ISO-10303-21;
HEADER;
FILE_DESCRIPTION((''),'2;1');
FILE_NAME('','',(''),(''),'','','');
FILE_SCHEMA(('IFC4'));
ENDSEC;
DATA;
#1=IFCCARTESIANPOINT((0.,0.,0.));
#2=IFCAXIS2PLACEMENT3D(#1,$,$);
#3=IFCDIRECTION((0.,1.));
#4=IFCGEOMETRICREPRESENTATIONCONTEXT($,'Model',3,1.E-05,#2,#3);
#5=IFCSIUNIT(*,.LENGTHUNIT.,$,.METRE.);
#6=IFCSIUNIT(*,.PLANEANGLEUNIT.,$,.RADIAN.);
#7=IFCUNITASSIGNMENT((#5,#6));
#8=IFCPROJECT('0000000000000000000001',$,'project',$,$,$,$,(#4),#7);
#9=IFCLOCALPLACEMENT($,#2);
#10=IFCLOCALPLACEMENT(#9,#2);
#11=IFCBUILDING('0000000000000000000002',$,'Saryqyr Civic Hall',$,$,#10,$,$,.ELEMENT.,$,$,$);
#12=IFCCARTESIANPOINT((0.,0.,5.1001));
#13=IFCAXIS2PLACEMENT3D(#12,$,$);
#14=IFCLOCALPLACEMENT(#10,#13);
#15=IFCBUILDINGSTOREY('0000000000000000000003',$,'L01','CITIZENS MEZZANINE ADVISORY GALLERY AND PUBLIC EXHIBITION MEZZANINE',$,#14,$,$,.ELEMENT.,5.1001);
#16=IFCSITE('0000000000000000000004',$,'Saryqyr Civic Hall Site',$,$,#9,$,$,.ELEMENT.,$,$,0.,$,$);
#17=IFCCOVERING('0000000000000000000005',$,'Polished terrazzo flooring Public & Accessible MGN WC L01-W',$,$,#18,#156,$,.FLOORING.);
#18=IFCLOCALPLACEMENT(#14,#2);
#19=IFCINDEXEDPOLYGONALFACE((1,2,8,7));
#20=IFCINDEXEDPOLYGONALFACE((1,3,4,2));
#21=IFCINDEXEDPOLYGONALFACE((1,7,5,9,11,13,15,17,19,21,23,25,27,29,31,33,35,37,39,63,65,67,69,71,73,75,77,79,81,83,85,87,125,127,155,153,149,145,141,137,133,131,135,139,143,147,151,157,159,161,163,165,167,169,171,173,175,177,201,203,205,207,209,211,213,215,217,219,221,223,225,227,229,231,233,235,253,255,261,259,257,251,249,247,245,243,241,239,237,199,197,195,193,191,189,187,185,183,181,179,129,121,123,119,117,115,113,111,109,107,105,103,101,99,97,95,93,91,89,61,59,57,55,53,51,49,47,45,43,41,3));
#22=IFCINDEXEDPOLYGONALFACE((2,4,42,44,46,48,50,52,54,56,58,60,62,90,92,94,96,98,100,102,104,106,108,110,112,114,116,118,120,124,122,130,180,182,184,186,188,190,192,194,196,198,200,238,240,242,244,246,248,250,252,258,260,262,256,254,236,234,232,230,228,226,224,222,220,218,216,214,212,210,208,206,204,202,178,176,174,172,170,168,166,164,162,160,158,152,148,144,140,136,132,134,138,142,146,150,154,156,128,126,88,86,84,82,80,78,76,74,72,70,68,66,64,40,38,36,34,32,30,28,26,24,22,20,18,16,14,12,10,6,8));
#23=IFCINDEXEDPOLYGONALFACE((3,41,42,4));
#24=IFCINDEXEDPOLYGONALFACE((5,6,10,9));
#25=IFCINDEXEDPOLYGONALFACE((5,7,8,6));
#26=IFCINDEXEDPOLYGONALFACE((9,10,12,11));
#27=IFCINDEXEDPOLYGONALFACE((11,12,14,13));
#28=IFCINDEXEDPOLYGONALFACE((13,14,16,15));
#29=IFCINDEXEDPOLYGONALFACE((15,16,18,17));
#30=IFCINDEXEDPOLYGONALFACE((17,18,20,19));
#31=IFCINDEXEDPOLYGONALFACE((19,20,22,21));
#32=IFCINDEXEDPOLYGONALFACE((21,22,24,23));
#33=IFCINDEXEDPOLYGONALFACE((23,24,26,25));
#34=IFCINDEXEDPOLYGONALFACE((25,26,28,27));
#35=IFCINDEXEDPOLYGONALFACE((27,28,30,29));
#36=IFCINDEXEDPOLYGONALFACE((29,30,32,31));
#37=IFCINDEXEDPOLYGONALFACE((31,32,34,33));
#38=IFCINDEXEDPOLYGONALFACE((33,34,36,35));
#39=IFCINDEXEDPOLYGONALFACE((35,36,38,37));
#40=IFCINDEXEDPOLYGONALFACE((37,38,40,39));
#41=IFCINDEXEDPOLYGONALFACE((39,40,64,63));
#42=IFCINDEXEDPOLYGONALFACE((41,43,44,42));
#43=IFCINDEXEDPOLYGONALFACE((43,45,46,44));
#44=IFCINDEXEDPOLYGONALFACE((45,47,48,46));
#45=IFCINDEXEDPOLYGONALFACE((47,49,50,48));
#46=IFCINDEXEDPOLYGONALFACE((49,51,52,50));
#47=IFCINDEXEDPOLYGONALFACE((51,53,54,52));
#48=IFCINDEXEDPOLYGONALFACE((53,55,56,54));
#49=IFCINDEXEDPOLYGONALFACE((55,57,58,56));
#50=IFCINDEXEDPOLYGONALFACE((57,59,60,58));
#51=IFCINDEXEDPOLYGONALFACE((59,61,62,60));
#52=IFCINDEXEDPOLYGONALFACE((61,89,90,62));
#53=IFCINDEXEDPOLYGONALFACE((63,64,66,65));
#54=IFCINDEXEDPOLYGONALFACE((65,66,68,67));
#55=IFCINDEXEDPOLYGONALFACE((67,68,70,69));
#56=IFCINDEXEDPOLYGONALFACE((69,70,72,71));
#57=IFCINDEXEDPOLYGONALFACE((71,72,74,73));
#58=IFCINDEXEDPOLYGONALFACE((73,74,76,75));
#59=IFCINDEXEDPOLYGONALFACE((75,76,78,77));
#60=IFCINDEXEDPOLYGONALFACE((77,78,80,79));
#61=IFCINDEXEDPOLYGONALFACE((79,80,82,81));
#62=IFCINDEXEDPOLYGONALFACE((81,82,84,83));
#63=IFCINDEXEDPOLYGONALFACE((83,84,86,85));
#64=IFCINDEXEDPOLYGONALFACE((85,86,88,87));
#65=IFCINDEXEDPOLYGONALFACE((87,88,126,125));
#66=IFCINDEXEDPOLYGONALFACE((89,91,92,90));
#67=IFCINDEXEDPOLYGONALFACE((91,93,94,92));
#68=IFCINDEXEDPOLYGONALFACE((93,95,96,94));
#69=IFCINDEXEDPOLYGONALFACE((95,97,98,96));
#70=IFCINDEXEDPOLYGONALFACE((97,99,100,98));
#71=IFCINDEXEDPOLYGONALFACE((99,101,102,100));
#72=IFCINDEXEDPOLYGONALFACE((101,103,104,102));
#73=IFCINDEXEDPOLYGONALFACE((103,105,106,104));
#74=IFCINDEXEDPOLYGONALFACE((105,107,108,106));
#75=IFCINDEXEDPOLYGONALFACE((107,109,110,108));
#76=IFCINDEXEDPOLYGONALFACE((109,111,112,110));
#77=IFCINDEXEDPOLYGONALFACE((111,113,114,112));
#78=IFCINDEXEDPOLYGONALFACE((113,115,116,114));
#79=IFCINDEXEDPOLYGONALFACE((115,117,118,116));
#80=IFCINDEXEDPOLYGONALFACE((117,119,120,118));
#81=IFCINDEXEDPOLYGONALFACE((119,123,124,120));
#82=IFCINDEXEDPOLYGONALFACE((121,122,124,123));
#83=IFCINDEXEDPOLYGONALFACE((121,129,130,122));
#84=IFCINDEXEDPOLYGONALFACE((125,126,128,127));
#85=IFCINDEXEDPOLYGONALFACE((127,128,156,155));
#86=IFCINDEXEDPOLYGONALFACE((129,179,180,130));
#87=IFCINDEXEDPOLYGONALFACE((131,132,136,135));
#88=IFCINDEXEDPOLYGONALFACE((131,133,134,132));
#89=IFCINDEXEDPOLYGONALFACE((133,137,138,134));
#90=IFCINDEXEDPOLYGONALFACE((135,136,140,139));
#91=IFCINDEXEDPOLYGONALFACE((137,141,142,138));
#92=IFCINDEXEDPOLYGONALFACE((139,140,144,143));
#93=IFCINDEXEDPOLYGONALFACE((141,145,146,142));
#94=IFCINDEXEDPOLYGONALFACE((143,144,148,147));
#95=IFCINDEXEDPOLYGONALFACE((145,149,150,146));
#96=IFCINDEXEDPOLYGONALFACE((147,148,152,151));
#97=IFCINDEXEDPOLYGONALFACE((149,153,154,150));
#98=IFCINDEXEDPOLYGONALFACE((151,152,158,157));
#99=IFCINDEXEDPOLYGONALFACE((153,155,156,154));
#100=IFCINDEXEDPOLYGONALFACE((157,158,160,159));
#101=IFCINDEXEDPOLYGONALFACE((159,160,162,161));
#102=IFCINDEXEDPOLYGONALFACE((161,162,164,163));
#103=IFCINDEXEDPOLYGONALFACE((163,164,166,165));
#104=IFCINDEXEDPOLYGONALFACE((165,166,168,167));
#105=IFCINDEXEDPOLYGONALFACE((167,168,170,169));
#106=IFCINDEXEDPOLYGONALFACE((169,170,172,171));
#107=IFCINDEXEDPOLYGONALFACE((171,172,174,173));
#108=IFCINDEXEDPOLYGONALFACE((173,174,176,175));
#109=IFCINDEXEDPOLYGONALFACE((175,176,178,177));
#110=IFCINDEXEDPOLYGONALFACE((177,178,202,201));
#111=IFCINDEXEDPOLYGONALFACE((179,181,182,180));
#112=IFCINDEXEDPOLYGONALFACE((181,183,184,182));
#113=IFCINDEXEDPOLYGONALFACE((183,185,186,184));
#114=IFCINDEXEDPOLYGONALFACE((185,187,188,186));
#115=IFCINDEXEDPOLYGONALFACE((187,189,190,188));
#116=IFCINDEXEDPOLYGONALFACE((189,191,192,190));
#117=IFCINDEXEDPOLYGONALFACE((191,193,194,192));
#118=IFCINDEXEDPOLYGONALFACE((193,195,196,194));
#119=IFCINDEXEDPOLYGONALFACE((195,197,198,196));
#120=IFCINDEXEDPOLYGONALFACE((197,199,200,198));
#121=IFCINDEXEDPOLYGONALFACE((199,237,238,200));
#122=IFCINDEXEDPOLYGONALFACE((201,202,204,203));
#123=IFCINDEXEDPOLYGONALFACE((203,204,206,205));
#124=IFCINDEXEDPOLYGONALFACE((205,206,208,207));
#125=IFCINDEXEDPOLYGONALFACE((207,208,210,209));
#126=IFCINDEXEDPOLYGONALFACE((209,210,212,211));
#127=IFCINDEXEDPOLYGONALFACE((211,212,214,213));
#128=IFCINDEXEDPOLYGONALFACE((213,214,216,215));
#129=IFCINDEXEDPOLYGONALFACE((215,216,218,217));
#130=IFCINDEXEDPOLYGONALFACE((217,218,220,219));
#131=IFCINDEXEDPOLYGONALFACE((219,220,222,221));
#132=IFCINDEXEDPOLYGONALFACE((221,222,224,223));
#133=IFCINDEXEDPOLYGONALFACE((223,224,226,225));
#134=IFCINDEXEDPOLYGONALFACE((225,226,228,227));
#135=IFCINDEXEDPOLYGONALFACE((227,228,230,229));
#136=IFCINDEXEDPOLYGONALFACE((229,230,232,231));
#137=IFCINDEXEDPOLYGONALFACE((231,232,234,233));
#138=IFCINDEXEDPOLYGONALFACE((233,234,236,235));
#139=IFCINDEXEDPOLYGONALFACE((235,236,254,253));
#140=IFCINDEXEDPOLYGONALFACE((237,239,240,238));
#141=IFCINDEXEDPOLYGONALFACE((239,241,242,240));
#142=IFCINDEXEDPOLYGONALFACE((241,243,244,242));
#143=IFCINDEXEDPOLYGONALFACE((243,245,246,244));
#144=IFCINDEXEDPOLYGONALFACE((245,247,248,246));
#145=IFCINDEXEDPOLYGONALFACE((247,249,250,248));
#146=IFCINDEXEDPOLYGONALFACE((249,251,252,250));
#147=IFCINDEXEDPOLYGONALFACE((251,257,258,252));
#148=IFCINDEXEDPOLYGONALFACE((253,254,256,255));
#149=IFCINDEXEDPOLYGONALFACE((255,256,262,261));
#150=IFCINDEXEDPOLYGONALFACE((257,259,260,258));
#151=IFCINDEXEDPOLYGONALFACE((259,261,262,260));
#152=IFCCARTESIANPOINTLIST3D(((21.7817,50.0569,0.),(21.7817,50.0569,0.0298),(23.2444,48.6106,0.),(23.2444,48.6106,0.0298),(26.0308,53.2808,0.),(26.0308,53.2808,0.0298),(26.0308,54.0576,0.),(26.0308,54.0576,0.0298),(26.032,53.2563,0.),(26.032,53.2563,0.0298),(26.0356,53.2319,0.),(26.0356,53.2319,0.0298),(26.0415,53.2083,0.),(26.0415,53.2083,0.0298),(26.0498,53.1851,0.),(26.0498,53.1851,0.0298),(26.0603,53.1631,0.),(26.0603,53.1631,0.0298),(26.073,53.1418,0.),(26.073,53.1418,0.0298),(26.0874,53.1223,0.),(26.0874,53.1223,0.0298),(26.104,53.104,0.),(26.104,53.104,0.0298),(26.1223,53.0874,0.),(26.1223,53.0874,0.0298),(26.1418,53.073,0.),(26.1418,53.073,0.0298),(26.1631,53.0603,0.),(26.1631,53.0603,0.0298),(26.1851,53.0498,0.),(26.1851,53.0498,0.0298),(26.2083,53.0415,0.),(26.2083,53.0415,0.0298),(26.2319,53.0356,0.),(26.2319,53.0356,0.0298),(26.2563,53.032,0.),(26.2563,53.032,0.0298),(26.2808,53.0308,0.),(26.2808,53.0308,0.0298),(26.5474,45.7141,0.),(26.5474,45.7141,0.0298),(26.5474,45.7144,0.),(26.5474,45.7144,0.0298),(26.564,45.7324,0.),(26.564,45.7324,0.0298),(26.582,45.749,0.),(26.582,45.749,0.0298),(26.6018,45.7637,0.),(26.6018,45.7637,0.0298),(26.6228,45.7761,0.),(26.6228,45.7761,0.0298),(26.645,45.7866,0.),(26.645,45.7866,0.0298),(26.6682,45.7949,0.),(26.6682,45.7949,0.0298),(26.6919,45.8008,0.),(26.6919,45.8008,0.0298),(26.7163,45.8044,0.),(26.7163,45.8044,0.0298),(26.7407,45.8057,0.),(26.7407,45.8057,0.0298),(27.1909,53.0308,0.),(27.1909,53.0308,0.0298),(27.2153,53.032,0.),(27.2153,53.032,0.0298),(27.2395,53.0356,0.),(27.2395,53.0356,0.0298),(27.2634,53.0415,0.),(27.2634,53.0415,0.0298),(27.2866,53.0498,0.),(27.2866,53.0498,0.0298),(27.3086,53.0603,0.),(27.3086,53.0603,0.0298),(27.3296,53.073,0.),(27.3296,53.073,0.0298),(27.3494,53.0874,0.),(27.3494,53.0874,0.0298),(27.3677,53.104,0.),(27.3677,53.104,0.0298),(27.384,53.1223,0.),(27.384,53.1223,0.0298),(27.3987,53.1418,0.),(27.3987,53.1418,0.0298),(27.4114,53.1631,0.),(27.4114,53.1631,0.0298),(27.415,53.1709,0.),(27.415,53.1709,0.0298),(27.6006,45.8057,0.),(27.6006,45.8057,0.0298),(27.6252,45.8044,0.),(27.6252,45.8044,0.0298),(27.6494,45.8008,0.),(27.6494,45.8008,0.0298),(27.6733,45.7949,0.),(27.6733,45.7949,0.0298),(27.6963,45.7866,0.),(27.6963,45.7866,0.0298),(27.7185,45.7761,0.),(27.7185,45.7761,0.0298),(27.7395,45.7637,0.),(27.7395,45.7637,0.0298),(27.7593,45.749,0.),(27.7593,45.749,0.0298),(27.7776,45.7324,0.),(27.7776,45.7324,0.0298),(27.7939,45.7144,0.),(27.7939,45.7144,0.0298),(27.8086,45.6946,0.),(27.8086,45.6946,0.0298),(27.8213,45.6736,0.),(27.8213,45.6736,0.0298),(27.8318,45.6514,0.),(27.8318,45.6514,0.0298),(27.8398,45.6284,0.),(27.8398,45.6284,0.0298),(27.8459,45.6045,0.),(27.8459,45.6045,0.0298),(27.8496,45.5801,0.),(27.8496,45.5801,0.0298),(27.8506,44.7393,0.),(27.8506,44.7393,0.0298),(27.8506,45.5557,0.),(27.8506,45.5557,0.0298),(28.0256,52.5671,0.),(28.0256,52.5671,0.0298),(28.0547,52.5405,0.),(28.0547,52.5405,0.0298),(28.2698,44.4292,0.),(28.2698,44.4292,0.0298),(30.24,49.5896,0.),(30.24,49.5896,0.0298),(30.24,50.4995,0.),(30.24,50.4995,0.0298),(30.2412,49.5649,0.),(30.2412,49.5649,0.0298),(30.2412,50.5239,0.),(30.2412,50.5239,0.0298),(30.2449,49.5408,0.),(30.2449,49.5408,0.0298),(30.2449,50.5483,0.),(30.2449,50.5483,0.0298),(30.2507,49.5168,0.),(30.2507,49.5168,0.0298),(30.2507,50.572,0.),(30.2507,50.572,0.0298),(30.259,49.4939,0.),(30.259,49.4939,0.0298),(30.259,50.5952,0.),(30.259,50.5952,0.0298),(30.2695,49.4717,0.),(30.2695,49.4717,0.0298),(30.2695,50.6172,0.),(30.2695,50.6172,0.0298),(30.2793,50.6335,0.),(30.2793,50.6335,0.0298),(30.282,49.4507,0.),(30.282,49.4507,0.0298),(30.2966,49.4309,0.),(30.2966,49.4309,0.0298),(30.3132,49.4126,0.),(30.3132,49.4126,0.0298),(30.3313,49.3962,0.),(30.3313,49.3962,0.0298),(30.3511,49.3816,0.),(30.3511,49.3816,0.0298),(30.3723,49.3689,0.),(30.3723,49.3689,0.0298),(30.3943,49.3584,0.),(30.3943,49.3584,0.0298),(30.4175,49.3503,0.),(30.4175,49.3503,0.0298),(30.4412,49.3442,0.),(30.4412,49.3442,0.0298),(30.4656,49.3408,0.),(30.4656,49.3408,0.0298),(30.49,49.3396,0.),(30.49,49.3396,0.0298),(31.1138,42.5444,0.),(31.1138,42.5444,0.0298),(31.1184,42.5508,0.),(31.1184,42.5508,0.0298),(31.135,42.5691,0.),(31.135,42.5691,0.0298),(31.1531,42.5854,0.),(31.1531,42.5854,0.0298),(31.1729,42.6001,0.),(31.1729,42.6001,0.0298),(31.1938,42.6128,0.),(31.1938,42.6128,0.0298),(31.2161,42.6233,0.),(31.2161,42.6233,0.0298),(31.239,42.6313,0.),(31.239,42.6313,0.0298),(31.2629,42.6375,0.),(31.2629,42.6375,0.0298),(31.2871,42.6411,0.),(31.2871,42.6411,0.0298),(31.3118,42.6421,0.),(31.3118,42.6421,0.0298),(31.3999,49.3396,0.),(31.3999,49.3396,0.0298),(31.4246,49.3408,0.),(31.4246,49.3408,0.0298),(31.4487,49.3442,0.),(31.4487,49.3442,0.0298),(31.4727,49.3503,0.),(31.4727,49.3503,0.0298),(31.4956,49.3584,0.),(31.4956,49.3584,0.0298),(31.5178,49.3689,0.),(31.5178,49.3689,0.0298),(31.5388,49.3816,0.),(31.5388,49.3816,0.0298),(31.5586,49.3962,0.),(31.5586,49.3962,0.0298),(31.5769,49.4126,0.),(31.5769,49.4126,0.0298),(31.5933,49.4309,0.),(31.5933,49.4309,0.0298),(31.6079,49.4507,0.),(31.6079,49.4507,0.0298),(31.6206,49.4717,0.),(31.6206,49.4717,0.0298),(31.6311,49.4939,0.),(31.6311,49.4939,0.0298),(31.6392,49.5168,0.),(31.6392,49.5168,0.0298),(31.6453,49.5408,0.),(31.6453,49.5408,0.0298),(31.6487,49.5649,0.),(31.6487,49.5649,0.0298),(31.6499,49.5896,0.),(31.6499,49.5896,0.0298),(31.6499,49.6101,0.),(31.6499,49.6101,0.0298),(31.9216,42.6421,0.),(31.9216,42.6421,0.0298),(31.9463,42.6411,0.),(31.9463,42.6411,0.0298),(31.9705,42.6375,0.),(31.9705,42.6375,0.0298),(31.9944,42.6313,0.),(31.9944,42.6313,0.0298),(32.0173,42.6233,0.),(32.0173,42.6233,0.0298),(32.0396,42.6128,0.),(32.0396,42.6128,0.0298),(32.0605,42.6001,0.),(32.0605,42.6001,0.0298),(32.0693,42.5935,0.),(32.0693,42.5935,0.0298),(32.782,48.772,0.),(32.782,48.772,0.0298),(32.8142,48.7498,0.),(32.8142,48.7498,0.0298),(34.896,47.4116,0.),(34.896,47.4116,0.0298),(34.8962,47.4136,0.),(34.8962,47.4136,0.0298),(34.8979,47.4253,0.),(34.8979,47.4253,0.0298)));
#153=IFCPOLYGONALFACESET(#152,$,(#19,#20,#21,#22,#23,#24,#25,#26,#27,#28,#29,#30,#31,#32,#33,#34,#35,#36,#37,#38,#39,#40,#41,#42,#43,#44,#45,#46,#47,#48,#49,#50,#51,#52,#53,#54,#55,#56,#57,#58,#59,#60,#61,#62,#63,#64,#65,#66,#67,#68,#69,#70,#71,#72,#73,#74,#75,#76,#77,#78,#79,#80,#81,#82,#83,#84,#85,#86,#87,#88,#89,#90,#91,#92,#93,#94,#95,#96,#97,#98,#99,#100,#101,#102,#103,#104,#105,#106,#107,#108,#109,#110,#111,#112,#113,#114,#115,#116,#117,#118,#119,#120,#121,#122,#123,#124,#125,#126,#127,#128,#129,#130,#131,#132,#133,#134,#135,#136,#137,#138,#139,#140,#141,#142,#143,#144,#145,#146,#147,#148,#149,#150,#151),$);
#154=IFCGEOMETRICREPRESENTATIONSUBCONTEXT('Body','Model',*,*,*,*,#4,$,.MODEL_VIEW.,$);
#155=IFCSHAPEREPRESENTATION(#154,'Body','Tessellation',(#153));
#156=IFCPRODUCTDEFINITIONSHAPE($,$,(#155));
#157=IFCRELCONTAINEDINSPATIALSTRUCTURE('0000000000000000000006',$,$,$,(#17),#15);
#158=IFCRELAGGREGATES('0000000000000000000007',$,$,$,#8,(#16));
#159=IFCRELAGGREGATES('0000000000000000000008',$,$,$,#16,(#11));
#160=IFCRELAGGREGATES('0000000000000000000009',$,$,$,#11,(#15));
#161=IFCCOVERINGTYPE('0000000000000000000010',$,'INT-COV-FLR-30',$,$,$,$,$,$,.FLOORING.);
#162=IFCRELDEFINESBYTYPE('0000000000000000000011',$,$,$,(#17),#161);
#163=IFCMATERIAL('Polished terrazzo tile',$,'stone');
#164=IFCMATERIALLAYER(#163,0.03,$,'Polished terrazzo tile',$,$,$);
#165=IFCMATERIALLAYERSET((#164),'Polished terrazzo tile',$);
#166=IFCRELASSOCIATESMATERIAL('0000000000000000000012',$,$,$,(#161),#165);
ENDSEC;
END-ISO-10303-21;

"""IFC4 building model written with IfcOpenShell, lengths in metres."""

from ifc_helpers import new_model, si_unit, direction, frame, origin, place, context, subcontext, project, spatial, polyline, outline, extrude, material, layer, layer_set, type_object, element, save


model = new_model("IFC4")

# Units and contexts
model_context = context("Model", 3, precision=1e-05, world=origin(), true_north=direction((0.0, 1.0)))
body_context = subcontext(model_context, "Body", "Model", "MODEL_VIEW")
ifc_project = project(units=[si_unit("LENGTHUNIT", "METRE"), si_unit("PLANEANGLEUNIT", "RADIAN")], contexts=[model_context])

# Site, building, storey
site_placement = place(None, origin())
site = spatial("IfcSite", under=ifc_project, at=site_placement, Name="Saryqyr Civic Hall Site", CompositionType="ELEMENT", RefElevation=0.0)
building_placement = place(site_placement, origin())
building = spatial("IfcBuilding", under=site, at=building_placement, Name="Saryqyr Civic Hall", CompositionType="ELEMENT")
storey_placement = place(building_placement, frame((0.0, 0.0, 5.1001)))
storey = spatial("IfcBuildingStorey", under=building, at=storey_placement, Name="L01", Description="CITIZENS MEZZANINE ADVISORY GALLERY AND PUBLIC EXHIBITION MEZZANINE", CompositionType="ELEMENT", Elevation=5.1001)

# Covering
ifc_material_1 = material(Name="Polished terrazzo tile", Category="stone")
ifc_layer_1 = layer(ifc_material_1, 0.03, Name="Polished terrazzo tile")
ifc_layer_set_1 = layer_set([ifc_layer_1], Name="Polished terrazzo tile")
covering_type = type_object("IfcCoveringType", Name="INT-COV-FLR-30", PredefinedType="FLOORING", material=ifc_layer_set_1)
covering_1_placement = place(storey_placement, origin())
element("IfcCovering", 1, at=covering_1_placement, inside=storey, type_object=covering_type, Name="Polished terrazzo flooring Public & Accessible MGN WC L01-W", PredefinedType="FLOORING", context=body_context, shape_type="SweptSolid", body=[
    extrude(outline(polyline([(26.032, 53.2563), (26.0356, 53.2319), (26.0415, 53.2083), (26.0498, 53.1851), (26.0603, 53.1631), (26.073, 53.1418), (26.0874, 53.1223), (26.104, 53.104), (26.1223, 53.0874), (26.1418, 53.073), (26.1631, 53.0603), (26.1851, 53.0498), (26.2083, 53.0415), (26.2319, 53.0356), (26.2563, 53.032), (26.2808, 53.0308), (27.1909, 53.0308), (27.2153, 53.032), (27.2395, 53.0356), (27.2634, 53.0415), (27.2866, 53.0498), (27.3086, 53.0603), (27.3296, 53.073), (27.3494, 53.0874), (27.3677, 53.104), (27.384, 53.1223), (27.3987, 53.1418), (27.4114, 53.1631), (27.415, 53.1709), (28.0256, 52.5671), (28.0547, 52.5405), (30.2793, 50.6335), (30.2695, 50.6172), (30.259, 50.5952), (30.2507, 50.572), (30.2449, 50.5483), (30.2412, 50.5239), (30.24, 50.4995), (30.24, 49.5896), (30.2412, 49.5649), (30.2449, 49.5408), (30.2507, 49.5168), (30.259, 49.4939), (30.2695, 49.4717), (30.282, 49.4507), (30.2966, 49.4309), (30.3132, 49.4126), (30.3313, 49.3962), (30.3511, 49.3816), (30.3723, 49.3689), (30.3943, 49.3584), (30.4175, 49.3503), (30.4412, 49.3442), (30.4656, 49.3408), (30.49, 49.3396), (31.3999, 49.3396), (31.4246, 49.3408), (31.4487, 49.3442), (31.4727, 49.3503), (31.4956, 49.3584), (31.5178, 49.3689), (31.5388, 49.3816), (31.5586, 49.3962), (31.5769, 49.4126), (31.5933, 49.4309), (31.6079, 49.4507), (31.6206, 49.4717), (31.6311, 49.4939), (31.6392, 49.5168), (31.6453, 49.5408), (31.6487, 49.5649), (31.6499, 49.5896), (31.6499, 49.6101), (32.782, 48.772), (32.8142, 48.7498), (34.8979, 47.4253), (34.8962, 47.4136), (34.896, 47.4116), (32.0693, 42.5935), (32.0605, 42.6001), (32.0396, 42.6128), (32.0173, 42.6233), (31.9944, 42.6313), (31.9705, 42.6375), (31.9463, 42.6411), (31.9216, 42.6421), (31.3118, 42.6421), (31.2871, 42.6411), (31.2629, 42.6375), (31.239, 42.6313), (31.2161, 42.6233), (31.1938, 42.6128), (31.1729, 42.6001), (31.1531, 42.5854), (31.135, 42.5691), (31.1184, 42.5508), (31.1138, 42.5444), (28.2698, 44.4292), (27.8506, 44.7393), (27.8506, 45.5557), (27.8496, 45.5801), (27.8459, 45.6045), (27.8398, 45.6284), (27.8318, 45.6514), (27.8213, 45.6736), (27.8086, 45.6946), (27.7939, 45.7144), (27.7776, 45.7324), (27.7593, 45.749), (27.7395, 45.7637), (27.7185, 45.7761), (27.6963, 45.7866), (27.6733, 45.7949), (27.6494, 45.8008), (27.6252, 45.8044), (27.6006, 45.8057), (26.7407, 45.8057), (26.7163, 45.8044), (26.6919, 45.8008), (26.6682, 45.7949), (26.645, 45.7866), (26.6228, 45.7761), (26.6018, 45.7637), (26.582, 45.749), (26.564, 45.7324), (26.5474, 45.7144), (26.5474, 45.7141), (23.2444, 48.6106), (21.7817, 50.0569), (26.0308, 54.0576), (26.0308, 53.2808), (26.032, 53.2563)])), origin(), (0.0, 0.0, 1.0), 0.0298),
])

save(model, "model.ifc")
